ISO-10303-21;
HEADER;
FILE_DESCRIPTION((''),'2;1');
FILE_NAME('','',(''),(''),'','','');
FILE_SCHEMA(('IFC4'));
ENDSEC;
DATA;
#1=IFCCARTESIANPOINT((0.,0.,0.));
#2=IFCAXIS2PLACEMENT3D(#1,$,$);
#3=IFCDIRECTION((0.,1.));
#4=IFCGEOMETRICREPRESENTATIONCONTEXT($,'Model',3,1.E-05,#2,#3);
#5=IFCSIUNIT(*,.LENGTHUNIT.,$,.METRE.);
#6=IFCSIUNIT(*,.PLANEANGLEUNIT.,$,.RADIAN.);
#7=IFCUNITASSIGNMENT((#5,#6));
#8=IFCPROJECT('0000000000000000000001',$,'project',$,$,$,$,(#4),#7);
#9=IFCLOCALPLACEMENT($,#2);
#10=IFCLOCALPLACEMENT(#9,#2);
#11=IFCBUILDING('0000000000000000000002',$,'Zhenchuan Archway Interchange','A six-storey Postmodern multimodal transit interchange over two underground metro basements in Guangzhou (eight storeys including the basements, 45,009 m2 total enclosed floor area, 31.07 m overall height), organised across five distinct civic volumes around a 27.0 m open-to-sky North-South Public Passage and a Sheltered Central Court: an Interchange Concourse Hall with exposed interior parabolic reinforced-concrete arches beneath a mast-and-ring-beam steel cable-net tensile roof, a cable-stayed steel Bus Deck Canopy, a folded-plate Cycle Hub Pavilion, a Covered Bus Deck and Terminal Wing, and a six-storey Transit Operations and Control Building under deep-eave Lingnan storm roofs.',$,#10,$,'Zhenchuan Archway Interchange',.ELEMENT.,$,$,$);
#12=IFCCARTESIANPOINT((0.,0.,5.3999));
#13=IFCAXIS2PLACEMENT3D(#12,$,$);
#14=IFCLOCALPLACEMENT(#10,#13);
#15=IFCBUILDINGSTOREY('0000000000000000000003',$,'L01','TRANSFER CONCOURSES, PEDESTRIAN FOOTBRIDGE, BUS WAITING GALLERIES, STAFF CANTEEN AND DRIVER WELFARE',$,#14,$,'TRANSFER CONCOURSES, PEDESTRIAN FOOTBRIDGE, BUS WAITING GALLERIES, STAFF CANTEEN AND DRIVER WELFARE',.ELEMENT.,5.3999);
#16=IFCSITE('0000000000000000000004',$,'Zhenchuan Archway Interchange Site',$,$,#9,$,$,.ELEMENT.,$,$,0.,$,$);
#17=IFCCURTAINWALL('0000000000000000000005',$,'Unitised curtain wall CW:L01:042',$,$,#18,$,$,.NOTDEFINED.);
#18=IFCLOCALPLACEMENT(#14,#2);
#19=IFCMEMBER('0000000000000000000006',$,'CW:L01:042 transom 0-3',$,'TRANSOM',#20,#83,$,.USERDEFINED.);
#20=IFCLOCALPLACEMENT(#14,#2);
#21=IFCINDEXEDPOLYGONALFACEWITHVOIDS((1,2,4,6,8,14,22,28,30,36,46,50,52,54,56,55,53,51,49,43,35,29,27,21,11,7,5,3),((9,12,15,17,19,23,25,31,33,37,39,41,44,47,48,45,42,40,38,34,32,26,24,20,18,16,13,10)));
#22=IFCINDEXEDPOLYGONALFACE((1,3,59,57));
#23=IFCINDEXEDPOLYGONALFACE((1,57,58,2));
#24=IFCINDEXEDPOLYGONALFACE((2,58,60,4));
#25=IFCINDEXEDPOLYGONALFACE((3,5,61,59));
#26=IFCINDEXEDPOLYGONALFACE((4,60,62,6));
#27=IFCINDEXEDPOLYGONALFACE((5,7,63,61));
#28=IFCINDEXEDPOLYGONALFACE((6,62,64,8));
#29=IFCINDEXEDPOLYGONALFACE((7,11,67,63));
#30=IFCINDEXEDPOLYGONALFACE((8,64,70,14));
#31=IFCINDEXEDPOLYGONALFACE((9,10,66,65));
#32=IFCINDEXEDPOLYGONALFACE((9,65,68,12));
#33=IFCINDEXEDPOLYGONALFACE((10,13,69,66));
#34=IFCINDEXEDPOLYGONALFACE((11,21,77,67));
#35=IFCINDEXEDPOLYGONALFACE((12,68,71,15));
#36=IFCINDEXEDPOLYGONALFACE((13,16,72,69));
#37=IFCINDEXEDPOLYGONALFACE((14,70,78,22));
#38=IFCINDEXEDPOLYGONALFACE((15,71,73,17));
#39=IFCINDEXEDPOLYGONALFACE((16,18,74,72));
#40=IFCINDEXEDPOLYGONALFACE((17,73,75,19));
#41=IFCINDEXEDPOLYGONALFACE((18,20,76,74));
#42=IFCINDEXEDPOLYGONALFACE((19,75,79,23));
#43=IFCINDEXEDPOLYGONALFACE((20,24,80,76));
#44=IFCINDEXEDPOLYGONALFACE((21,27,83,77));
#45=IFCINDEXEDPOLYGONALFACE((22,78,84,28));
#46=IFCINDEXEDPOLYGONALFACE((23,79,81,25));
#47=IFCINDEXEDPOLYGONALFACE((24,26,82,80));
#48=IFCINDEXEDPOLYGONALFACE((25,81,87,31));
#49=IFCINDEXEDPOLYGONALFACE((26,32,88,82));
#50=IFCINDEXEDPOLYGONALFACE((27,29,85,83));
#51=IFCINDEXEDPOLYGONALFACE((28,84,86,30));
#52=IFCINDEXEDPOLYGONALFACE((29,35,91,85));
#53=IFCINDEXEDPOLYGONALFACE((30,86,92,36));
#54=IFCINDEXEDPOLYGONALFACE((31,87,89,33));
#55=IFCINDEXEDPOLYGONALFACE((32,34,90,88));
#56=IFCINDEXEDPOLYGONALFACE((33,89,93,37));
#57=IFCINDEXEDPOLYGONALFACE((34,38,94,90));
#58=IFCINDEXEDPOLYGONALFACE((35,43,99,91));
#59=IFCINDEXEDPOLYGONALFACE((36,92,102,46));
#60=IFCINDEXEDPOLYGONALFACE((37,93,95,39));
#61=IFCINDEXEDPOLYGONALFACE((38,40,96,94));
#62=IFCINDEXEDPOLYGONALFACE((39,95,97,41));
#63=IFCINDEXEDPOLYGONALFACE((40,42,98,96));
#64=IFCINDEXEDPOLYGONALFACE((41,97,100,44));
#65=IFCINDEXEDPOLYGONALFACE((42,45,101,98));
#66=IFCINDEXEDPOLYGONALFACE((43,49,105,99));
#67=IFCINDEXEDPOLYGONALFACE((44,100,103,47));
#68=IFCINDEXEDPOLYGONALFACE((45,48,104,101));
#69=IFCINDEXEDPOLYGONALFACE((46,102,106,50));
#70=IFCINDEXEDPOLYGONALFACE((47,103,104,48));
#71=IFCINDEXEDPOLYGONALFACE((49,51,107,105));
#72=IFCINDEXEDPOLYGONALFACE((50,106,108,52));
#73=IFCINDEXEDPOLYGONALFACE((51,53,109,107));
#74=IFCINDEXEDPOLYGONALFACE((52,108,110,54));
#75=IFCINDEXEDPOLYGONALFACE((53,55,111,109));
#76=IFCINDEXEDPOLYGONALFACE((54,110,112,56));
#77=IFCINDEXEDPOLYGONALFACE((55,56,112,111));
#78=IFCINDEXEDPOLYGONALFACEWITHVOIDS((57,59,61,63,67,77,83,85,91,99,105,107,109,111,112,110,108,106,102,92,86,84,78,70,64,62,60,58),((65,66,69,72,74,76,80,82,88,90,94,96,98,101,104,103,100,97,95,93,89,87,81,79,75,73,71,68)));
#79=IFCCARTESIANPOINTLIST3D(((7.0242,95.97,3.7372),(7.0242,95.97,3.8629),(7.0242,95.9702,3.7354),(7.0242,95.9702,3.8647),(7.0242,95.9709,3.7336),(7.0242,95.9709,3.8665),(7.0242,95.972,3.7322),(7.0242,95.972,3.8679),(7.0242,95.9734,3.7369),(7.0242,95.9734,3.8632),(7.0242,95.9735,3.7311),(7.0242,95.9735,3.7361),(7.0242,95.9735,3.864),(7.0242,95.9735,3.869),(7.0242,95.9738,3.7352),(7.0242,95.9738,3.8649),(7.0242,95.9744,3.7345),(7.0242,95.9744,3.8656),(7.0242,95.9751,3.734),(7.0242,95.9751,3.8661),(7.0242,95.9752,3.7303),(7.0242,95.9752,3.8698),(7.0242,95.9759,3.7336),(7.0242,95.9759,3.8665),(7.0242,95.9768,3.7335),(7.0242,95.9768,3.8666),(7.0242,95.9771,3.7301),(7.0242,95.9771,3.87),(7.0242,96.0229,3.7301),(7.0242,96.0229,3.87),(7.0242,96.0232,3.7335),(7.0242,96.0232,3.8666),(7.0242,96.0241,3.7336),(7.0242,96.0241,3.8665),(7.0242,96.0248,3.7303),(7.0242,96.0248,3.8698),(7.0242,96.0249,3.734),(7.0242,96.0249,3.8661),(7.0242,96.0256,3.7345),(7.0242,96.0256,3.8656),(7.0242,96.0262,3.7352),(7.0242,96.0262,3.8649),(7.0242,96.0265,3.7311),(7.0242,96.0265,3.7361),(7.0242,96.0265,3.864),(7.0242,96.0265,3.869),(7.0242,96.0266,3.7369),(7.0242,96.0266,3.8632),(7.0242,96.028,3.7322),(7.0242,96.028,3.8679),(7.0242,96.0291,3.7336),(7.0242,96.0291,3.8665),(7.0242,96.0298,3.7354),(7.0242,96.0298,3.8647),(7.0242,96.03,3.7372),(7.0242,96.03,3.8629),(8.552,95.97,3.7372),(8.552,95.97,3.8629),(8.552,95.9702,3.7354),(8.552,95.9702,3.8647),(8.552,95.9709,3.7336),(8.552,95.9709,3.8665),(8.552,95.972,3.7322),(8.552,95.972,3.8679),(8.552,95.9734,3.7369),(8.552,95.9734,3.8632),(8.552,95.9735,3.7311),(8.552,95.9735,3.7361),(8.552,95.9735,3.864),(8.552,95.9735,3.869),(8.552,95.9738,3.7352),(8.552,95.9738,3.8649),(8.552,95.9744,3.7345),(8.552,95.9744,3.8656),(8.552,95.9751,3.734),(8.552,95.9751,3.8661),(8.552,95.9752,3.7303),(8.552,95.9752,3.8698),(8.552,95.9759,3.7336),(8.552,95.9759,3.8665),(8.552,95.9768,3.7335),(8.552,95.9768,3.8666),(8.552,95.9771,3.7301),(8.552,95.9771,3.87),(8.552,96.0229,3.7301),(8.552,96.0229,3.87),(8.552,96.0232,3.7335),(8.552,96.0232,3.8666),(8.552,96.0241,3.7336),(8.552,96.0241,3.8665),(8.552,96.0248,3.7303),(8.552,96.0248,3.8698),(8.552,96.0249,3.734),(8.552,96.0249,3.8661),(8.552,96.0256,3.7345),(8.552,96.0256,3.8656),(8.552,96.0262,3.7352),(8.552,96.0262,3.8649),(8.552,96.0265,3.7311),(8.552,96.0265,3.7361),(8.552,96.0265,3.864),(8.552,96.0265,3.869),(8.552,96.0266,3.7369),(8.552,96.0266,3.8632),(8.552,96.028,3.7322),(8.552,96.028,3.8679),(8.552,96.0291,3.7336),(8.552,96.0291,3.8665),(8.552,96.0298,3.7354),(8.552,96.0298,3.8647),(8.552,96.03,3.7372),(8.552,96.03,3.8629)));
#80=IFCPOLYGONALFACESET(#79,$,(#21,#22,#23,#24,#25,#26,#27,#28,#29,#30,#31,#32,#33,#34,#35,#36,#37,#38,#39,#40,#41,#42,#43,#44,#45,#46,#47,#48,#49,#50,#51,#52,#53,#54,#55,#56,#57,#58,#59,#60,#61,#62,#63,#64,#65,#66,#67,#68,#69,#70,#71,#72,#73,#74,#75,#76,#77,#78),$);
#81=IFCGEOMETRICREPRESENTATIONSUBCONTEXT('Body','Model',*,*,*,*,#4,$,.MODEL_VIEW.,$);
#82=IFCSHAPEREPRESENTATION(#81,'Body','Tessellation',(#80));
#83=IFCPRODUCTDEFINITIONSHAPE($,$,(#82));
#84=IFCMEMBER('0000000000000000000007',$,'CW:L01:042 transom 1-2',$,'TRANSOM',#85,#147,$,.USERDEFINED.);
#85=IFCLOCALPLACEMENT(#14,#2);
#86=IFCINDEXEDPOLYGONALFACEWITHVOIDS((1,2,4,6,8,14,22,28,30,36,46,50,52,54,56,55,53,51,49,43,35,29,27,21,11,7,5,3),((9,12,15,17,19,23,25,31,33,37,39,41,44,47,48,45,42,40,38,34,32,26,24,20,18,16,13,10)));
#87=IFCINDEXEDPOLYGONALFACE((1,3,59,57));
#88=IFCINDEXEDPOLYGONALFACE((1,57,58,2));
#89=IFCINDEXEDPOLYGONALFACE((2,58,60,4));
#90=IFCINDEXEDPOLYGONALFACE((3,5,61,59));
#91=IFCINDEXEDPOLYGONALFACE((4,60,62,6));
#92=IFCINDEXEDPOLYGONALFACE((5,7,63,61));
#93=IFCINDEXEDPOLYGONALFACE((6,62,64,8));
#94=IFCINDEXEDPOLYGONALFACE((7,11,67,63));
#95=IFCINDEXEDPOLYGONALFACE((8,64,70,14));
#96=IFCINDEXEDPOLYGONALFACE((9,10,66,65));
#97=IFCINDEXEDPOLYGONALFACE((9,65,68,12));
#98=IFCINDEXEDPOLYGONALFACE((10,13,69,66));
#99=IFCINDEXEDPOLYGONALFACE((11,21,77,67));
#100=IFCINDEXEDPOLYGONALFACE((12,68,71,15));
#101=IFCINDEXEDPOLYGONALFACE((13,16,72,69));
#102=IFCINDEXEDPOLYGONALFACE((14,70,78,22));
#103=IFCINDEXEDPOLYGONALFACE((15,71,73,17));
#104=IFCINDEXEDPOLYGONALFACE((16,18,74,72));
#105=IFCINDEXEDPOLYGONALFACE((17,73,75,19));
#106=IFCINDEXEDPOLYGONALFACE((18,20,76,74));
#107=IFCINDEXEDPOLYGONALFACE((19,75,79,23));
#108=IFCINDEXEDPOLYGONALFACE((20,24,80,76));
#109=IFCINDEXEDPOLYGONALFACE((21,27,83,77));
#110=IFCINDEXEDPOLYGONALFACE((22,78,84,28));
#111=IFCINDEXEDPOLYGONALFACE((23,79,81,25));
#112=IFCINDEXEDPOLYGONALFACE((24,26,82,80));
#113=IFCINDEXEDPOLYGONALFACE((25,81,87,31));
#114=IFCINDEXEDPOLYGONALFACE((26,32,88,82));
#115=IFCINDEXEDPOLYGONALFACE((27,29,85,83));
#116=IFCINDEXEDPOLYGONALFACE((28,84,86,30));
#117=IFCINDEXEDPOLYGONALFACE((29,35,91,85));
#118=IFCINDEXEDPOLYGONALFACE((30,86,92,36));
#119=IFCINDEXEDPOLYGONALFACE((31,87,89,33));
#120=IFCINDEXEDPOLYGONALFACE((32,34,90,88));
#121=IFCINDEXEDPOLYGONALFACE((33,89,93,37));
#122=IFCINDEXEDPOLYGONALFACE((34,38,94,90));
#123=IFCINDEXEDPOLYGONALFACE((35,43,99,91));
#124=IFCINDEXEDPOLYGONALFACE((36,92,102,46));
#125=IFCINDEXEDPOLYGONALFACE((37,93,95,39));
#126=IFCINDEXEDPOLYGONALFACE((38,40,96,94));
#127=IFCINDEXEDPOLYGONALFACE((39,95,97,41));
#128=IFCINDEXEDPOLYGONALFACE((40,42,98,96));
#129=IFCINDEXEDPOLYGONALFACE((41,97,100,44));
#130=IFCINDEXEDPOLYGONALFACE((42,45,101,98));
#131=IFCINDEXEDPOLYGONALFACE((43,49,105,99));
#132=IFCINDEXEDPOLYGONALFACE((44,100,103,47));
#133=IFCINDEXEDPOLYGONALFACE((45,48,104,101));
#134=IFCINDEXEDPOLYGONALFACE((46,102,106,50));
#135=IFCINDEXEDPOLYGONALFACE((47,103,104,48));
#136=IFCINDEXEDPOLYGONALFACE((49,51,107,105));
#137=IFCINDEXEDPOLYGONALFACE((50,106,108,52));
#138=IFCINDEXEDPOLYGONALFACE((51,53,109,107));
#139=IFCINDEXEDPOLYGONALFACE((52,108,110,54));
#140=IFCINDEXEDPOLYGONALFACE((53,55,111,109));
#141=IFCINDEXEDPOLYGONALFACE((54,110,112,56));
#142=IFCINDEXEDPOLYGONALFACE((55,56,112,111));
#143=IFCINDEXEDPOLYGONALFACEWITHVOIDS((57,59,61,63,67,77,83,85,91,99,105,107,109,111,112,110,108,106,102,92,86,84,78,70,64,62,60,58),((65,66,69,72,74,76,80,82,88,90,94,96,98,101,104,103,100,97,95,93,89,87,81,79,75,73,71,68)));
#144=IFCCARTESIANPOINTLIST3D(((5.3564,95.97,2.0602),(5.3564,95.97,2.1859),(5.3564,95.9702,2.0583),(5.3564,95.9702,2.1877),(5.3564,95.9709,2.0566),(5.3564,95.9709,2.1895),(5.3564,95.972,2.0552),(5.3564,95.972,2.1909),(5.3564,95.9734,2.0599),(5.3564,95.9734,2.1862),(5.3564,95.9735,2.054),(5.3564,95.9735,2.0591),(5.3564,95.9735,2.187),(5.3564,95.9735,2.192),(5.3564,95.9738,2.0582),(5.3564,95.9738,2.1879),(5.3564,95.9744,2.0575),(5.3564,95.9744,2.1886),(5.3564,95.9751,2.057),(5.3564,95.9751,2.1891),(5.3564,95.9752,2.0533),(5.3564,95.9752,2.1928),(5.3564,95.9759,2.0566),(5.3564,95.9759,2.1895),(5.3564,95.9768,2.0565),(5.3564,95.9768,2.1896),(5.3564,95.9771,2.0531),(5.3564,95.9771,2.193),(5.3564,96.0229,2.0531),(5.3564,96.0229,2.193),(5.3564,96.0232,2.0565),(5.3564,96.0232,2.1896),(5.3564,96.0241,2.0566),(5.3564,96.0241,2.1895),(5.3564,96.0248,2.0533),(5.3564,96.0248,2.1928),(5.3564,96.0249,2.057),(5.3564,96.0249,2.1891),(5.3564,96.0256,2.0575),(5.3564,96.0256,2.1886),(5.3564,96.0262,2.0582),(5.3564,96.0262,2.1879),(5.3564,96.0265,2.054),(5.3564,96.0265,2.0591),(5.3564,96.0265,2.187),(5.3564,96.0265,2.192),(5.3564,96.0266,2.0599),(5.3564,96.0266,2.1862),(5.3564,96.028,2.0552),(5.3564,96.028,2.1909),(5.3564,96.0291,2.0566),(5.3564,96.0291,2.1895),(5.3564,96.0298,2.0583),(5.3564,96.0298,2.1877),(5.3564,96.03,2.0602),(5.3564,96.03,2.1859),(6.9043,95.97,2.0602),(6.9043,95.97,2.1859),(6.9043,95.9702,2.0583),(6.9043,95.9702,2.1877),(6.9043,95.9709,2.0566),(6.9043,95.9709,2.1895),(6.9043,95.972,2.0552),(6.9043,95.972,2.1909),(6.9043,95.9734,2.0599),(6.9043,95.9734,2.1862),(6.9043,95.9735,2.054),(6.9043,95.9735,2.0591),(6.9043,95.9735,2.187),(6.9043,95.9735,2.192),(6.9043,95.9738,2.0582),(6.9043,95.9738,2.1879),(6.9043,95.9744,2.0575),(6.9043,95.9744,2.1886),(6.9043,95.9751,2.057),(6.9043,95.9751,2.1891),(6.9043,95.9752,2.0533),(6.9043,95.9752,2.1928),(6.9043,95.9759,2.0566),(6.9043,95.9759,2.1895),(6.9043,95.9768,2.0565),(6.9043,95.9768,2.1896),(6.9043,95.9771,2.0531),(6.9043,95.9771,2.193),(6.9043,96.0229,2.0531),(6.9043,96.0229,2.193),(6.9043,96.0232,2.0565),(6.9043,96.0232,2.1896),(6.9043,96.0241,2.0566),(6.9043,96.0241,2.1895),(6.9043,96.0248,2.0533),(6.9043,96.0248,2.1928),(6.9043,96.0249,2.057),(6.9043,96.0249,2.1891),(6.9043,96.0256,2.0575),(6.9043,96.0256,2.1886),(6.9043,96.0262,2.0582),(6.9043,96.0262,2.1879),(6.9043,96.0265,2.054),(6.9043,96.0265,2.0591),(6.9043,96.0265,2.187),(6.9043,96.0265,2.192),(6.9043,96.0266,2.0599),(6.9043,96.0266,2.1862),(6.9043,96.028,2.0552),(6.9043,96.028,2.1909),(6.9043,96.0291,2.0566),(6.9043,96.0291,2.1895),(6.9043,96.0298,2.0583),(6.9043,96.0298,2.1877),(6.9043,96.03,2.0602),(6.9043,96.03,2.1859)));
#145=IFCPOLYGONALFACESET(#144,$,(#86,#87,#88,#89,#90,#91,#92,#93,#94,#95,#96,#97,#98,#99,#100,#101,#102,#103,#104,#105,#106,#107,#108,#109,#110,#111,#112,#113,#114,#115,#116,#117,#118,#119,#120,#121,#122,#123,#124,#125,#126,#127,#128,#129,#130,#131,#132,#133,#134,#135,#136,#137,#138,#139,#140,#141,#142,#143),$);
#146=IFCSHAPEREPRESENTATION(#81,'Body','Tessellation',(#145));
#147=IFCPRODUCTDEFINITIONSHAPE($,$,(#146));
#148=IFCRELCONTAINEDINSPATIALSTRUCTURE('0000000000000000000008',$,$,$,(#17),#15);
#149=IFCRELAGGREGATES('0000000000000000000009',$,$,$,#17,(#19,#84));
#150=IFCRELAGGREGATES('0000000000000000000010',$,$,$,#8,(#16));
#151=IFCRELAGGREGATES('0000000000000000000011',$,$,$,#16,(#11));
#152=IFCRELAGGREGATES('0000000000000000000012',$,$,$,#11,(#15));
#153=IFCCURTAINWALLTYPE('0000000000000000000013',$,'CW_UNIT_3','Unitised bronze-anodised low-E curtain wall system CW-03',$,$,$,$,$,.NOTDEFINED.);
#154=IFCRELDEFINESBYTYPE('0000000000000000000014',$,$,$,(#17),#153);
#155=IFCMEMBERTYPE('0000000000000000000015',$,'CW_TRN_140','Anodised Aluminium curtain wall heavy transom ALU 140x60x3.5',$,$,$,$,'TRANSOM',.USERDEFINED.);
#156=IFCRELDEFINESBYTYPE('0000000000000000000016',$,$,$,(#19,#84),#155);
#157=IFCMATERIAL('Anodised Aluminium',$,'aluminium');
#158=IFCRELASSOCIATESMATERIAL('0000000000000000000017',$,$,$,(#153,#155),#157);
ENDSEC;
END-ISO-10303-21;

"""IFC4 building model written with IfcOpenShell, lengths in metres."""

from ifc_helpers import new_model, si_unit, direction, frame, origin, origin_2d, place, context, subcontext, project, spatial, hollow_rectangle, extrude, material, material_profile, profile_set, type_object, element, aggregate, save


model = new_model("IFC4")

# Units and contexts
model_context = context("Model", 3, precision=1e-05, world=origin(), true_north=direction((0.0, 1.0)))
body_context = subcontext(model_context, "Body", "Model", "MODEL_VIEW")
ifc_project = project(units=[si_unit("LENGTHUNIT", "METRE"), si_unit("PLANEANGLEUNIT", "RADIAN")], contexts=[model_context])

# Site, building, storey
site_placement = place(None, origin())
site = spatial("IfcSite", under=ifc_project, at=site_placement, Name="Zhenchuan Archway Interchange Site", CompositionType="ELEMENT", RefElevation=0.0)
building_placement = place(site_placement, origin())
building = spatial("IfcBuilding", under=site, at=building_placement, Name="Zhenchuan Archway Interchange", Description="A six-storey Postmodern multimodal transit interchange over two underground metro basements in Guangzhou (eight storeys including the basements, 45,009 m2 total enclosed floor area, 31.07 m overall height), organised across five distinct civic volumes around a 27.0 m open-to-sky North-South Public Passage and a Sheltered Central Court: an Interchange Concourse Hall with exposed interior parabolic reinforced-concrete arches beneath a mast-and-ring-beam steel cable-net tensile roof, a cable-stayed steel Bus Deck Canopy, a folded-plate Cycle Hub Pavilion, a Covered Bus Deck and Terminal Wing, and a six-storey Transit Operations and Control Building under deep-eave Lingnan storm roofs.", LongName="Zhenchuan Archway Interchange", CompositionType="ELEMENT")
storey_placement = place(building_placement, frame((0.0, 0.0, 5.3999)))
storey = spatial("IfcBuildingStorey", under=building, at=storey_placement, Name="L01", Description="TRANSFER CONCOURSES, PEDESTRIAN FOOTBRIDGE, BUS WAITING GALLERIES, STAFF CANTEEN AND DRIVER WELFARE", LongName="TRANSFER CONCOURSES, PEDESTRIAN FOOTBRIDGE, BUS WAITING GALLERIES, STAFF CANTEEN AND DRIVER WELFARE", CompositionType="ELEMENT", Elevation=5.3999)

# Shared definitions
ifc_material_1 = material(Name="Anodised Aluminium", Category="aluminium")

# Curtain wall
curtain_wall_type_1 = type_object("IfcCurtainWallType", Name="CW_UNIT_3", Description="Unitised bronze-anodised low-E curtain wall system CW-03", PredefinedType="NOTDEFINED", material=ifc_material_1)
curtain_wall_1_placement = place(storey_placement, origin())
curtain_wall_1 = element("IfcCurtainWall", 1, at=curtain_wall_1_placement, inside=storey, type_object=curtain_wall_type_1, Name="Unitised curtain wall CW:L01:042", PredefinedType="NOTDEFINED")

# Members
ifc_material_profile_1 = material_profile(ifc_material_1, hollow_rectangle(XDim=0.0601, YDim=0.1399, WallThickness=0.0034, InnerFilletRadius=0.0034, OuterFilletRadius=0.0071, at=origin_2d()), Name="ALU 140x60x3.5")
ifc_profile_set_1 = profile_set([ifc_material_profile_1], Name="Anodised Aluminium")
member_type_1 = type_object("IfcMemberType", Name="CW_TRN_140", Description="Anodised Aluminium curtain wall heavy transom ALU 140x60x3.5", ElementType="TRANSOM", PredefinedType="USERDEFINED", material=ifc_profile_set_1)
member_1_placement = place(storey_placement, frame((8.552, 96.0, 3.8), z_axis=(-1.0, 0.0, 0.0), x_axis=(0.0, -1.0, 0.0)))
member_1 = element("IfcMember", 2, at=member_1_placement, type_object=member_type_1, Name="CW:L01:042 transom 0-3", ObjectType="TRANSOM", PredefinedType="USERDEFINED", context=body_context, shape_type="SweptSolid", body=[
    extrude(hollow_rectangle(XDim=0.0601, YDim=0.1399, WallThickness=0.0034, InnerFilletRadius=0.0034, OuterFilletRadius=0.0071, at=origin_2d()), origin(), (0.0, 0.0, 1.0), 1.5278),
])
member_2_placement = place(storey_placement, frame((6.9043, 96.0, 2.123), z_axis=(-1.0, 0.0, 0.0), x_axis=(0.0, -1.0, 0.0)))
member_2 = element("IfcMember", 3, at=member_2_placement, type_object=member_type_1, Name="CW:L01:042 transom 1-2", ObjectType="TRANSOM", PredefinedType="USERDEFINED", context=body_context, shape_type="SweptSolid", body=[
    extrude(hollow_rectangle(XDim=0.0601, YDim=0.1399, WallThickness=0.0034, InnerFilletRadius=0.0034, OuterFilletRadius=0.0071, at=origin_2d()), origin(), (0.0, 0.0, 1.0), 1.5479),
])

aggregate(curtain_wall_1, [member_1, member_2])

save(model, "model.ifc")
